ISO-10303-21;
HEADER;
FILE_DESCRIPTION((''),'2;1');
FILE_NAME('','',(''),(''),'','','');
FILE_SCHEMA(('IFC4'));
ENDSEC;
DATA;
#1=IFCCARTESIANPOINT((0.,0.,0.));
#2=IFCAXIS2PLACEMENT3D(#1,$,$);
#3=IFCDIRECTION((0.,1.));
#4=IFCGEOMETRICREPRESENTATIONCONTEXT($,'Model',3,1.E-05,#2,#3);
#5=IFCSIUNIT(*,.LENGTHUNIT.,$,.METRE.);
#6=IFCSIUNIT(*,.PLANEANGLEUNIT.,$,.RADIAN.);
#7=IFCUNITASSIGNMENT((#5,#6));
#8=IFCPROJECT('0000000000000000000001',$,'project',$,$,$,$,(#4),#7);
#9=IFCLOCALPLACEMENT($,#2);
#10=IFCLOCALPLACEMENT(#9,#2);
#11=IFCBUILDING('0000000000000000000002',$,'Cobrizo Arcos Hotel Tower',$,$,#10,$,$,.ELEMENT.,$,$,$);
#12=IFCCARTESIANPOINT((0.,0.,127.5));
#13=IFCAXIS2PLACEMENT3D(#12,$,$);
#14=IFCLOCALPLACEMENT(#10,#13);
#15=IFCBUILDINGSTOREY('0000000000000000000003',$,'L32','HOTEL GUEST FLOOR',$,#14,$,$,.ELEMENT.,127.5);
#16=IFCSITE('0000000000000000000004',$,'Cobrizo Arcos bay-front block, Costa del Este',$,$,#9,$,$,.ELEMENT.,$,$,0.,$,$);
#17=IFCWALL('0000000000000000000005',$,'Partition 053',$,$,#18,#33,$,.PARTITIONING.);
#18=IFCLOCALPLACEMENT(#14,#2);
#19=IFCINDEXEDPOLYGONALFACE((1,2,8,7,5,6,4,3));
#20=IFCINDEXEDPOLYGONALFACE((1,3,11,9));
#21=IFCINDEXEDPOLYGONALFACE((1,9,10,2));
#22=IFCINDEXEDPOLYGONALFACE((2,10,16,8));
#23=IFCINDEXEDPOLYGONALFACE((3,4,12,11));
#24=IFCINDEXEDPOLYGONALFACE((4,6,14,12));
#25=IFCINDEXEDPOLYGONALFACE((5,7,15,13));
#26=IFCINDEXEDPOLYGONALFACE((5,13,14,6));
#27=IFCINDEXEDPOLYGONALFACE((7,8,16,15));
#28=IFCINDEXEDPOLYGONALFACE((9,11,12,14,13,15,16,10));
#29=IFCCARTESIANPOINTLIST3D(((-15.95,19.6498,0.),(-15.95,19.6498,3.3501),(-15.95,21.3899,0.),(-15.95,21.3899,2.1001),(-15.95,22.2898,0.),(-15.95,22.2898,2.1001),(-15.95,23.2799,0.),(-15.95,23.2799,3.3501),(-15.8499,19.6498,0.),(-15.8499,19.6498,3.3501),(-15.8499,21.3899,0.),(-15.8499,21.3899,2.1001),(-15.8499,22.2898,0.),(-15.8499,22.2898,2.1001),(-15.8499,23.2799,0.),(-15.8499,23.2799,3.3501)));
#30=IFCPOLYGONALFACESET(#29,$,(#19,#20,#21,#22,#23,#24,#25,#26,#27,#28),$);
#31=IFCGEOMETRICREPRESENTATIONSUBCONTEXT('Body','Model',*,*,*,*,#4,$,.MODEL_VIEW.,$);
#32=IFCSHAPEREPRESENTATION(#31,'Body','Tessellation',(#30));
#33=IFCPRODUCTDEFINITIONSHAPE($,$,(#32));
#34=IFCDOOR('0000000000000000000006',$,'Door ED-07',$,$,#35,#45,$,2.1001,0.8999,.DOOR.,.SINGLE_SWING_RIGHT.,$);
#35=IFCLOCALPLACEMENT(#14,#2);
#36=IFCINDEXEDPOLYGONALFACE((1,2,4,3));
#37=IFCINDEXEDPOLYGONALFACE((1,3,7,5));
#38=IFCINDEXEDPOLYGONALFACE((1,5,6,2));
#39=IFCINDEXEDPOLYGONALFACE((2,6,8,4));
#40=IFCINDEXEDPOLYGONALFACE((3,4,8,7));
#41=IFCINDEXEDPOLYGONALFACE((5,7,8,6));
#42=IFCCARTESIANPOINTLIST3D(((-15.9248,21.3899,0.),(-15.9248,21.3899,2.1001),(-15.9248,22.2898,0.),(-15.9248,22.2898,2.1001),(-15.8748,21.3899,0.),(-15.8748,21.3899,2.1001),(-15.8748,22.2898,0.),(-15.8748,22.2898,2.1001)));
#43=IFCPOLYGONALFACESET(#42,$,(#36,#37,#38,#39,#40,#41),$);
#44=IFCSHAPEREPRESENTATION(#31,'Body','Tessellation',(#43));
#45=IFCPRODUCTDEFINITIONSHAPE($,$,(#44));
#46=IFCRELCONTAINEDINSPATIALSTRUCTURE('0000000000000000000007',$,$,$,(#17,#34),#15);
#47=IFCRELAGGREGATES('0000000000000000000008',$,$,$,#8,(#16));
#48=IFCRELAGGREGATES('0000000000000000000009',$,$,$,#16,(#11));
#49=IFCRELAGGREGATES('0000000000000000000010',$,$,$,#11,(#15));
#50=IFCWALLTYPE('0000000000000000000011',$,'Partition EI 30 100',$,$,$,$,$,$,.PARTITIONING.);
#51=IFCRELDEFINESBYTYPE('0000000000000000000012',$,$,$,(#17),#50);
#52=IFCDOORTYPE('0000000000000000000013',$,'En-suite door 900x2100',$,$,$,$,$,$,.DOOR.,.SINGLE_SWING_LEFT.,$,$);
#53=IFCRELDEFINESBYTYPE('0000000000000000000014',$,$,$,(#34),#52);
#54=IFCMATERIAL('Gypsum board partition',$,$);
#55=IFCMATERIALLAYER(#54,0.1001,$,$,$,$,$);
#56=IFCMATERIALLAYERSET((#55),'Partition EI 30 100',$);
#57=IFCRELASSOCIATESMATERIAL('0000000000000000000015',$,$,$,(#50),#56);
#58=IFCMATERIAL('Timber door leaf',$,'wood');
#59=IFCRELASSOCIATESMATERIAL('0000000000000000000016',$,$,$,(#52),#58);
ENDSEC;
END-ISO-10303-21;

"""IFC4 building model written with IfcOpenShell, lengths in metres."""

from ifc_helpers import new_model, si_unit, direction, frame, frame_2d, origin, place, context, subcontext, project, spatial, rectangle, extrude, material, layer, layer_set, type_object, element, fill, save


model = new_model("IFC4")

# Units and contexts
model_context = context("Model", 3, precision=1e-05, world=origin(), true_north=direction((0.0, 1.0)))
body_context = subcontext(model_context, "Body", "Model", "MODEL_VIEW")
ifc_project = project(units=[si_unit("LENGTHUNIT", "METRE"), si_unit("PLANEANGLEUNIT", "RADIAN")], contexts=[model_context])

# Site, building, storey
site_placement = place(None, origin())
site = spatial("IfcSite", under=ifc_project, at=site_placement, Name="Cobrizo Arcos bay-front block, Costa del Este", CompositionType="ELEMENT", RefElevation=0.0)
building_placement = place(site_placement, origin())
building = spatial("IfcBuilding", under=site, at=building_placement, Name="Cobrizo Arcos Hotel Tower", CompositionType="ELEMENT")
storey_placement = place(building_placement, frame((0.0, 0.0, 127.5)))
storey = spatial("IfcBuildingStorey", under=building, at=storey_placement, Name="L32", Description="HOTEL GUEST FLOOR", CompositionType="ELEMENT", Elevation=127.5)

# Shared definitions
ifc_material_1 = material(Name="Gypsum board partition")
ifc_layer_1 = layer(ifc_material_1, 0.1001)
ifc_layer_set_1 = layer_set([ifc_layer_1], Name="Partition EI 30 100")
wall_type = type_object("IfcWallType", Name="Partition EI 30 100", PredefinedType="PARTITIONING", material=ifc_layer_set_1)

# Wall, opening, door
wall_1_placement = place(storey_placement, frame((-15.8999, 19.6499, 0.0), z_axis=(0.0, 0.0, 1.0), x_axis=(0.0, 1.0, 0.0)))
wall_1 = element("IfcWall", 1, at=wall_1_placement, inside=storey, type_object=wall_type, Name="Partition 053", PredefinedType="PARTITIONING", context=body_context, shape_type="SweptSolid", body=[
    extrude(rectangle(XDim=3.6301, YDim=0.1001, at=frame_2d((1.8149, 0.0))), origin(), (0.0, 0.0, 1.0), 3.3501),
])
opening_placement = place(wall_1_placement, frame((1.74, 0.0, 0.0)))
opening = element("IfcOpeningElement", 2, at=opening_placement, cuts=wall_1, PredefinedType="OPENING", context=body_context, shape_type="SweptSolid", body=[
    extrude(rectangle(XDim=0.8999, YDim=2.1001, at=frame_2d((0.45, 1.05))), frame((0.0, 0.062, 0.0), z_axis=(0.0, -1.0, 0.0), x_axis=(1.0, 0.0, 0.0)), (0.0, 0.0, 1.0), 0.124),
])
ifc_material_2 = material(Name="Timber door leaf", Category="wood")
door_type = type_object("IfcDoorType", Name="En-suite door 900x2100", OperationType="SINGLE_SWING_LEFT", PredefinedType="DOOR", material=ifc_material_2)
door_placement = place(opening_placement, origin())
door = element("IfcDoor", 3, at=door_placement, inside=storey, type_object=door_type, Name="Door ED-07", OperationType="SINGLE_SWING_RIGHT", OverallHeight=2.1001, OverallWidth=0.8999, PredefinedType="DOOR", context=body_context, shape_type="SweptSolid", body=[
    extrude(rectangle(XDim=0.8999, YDim=2.1001, at=frame_2d((0.45, 1.05))), frame((0.0, 0.0249, 0.0), z_axis=(0.0, -1.0, 0.0), x_axis=(1.0, 0.0, 0.0)), (0.0, 0.0, 1.0), 0.05),
])
fill(opening, door)

save(model, "model.ifc")
